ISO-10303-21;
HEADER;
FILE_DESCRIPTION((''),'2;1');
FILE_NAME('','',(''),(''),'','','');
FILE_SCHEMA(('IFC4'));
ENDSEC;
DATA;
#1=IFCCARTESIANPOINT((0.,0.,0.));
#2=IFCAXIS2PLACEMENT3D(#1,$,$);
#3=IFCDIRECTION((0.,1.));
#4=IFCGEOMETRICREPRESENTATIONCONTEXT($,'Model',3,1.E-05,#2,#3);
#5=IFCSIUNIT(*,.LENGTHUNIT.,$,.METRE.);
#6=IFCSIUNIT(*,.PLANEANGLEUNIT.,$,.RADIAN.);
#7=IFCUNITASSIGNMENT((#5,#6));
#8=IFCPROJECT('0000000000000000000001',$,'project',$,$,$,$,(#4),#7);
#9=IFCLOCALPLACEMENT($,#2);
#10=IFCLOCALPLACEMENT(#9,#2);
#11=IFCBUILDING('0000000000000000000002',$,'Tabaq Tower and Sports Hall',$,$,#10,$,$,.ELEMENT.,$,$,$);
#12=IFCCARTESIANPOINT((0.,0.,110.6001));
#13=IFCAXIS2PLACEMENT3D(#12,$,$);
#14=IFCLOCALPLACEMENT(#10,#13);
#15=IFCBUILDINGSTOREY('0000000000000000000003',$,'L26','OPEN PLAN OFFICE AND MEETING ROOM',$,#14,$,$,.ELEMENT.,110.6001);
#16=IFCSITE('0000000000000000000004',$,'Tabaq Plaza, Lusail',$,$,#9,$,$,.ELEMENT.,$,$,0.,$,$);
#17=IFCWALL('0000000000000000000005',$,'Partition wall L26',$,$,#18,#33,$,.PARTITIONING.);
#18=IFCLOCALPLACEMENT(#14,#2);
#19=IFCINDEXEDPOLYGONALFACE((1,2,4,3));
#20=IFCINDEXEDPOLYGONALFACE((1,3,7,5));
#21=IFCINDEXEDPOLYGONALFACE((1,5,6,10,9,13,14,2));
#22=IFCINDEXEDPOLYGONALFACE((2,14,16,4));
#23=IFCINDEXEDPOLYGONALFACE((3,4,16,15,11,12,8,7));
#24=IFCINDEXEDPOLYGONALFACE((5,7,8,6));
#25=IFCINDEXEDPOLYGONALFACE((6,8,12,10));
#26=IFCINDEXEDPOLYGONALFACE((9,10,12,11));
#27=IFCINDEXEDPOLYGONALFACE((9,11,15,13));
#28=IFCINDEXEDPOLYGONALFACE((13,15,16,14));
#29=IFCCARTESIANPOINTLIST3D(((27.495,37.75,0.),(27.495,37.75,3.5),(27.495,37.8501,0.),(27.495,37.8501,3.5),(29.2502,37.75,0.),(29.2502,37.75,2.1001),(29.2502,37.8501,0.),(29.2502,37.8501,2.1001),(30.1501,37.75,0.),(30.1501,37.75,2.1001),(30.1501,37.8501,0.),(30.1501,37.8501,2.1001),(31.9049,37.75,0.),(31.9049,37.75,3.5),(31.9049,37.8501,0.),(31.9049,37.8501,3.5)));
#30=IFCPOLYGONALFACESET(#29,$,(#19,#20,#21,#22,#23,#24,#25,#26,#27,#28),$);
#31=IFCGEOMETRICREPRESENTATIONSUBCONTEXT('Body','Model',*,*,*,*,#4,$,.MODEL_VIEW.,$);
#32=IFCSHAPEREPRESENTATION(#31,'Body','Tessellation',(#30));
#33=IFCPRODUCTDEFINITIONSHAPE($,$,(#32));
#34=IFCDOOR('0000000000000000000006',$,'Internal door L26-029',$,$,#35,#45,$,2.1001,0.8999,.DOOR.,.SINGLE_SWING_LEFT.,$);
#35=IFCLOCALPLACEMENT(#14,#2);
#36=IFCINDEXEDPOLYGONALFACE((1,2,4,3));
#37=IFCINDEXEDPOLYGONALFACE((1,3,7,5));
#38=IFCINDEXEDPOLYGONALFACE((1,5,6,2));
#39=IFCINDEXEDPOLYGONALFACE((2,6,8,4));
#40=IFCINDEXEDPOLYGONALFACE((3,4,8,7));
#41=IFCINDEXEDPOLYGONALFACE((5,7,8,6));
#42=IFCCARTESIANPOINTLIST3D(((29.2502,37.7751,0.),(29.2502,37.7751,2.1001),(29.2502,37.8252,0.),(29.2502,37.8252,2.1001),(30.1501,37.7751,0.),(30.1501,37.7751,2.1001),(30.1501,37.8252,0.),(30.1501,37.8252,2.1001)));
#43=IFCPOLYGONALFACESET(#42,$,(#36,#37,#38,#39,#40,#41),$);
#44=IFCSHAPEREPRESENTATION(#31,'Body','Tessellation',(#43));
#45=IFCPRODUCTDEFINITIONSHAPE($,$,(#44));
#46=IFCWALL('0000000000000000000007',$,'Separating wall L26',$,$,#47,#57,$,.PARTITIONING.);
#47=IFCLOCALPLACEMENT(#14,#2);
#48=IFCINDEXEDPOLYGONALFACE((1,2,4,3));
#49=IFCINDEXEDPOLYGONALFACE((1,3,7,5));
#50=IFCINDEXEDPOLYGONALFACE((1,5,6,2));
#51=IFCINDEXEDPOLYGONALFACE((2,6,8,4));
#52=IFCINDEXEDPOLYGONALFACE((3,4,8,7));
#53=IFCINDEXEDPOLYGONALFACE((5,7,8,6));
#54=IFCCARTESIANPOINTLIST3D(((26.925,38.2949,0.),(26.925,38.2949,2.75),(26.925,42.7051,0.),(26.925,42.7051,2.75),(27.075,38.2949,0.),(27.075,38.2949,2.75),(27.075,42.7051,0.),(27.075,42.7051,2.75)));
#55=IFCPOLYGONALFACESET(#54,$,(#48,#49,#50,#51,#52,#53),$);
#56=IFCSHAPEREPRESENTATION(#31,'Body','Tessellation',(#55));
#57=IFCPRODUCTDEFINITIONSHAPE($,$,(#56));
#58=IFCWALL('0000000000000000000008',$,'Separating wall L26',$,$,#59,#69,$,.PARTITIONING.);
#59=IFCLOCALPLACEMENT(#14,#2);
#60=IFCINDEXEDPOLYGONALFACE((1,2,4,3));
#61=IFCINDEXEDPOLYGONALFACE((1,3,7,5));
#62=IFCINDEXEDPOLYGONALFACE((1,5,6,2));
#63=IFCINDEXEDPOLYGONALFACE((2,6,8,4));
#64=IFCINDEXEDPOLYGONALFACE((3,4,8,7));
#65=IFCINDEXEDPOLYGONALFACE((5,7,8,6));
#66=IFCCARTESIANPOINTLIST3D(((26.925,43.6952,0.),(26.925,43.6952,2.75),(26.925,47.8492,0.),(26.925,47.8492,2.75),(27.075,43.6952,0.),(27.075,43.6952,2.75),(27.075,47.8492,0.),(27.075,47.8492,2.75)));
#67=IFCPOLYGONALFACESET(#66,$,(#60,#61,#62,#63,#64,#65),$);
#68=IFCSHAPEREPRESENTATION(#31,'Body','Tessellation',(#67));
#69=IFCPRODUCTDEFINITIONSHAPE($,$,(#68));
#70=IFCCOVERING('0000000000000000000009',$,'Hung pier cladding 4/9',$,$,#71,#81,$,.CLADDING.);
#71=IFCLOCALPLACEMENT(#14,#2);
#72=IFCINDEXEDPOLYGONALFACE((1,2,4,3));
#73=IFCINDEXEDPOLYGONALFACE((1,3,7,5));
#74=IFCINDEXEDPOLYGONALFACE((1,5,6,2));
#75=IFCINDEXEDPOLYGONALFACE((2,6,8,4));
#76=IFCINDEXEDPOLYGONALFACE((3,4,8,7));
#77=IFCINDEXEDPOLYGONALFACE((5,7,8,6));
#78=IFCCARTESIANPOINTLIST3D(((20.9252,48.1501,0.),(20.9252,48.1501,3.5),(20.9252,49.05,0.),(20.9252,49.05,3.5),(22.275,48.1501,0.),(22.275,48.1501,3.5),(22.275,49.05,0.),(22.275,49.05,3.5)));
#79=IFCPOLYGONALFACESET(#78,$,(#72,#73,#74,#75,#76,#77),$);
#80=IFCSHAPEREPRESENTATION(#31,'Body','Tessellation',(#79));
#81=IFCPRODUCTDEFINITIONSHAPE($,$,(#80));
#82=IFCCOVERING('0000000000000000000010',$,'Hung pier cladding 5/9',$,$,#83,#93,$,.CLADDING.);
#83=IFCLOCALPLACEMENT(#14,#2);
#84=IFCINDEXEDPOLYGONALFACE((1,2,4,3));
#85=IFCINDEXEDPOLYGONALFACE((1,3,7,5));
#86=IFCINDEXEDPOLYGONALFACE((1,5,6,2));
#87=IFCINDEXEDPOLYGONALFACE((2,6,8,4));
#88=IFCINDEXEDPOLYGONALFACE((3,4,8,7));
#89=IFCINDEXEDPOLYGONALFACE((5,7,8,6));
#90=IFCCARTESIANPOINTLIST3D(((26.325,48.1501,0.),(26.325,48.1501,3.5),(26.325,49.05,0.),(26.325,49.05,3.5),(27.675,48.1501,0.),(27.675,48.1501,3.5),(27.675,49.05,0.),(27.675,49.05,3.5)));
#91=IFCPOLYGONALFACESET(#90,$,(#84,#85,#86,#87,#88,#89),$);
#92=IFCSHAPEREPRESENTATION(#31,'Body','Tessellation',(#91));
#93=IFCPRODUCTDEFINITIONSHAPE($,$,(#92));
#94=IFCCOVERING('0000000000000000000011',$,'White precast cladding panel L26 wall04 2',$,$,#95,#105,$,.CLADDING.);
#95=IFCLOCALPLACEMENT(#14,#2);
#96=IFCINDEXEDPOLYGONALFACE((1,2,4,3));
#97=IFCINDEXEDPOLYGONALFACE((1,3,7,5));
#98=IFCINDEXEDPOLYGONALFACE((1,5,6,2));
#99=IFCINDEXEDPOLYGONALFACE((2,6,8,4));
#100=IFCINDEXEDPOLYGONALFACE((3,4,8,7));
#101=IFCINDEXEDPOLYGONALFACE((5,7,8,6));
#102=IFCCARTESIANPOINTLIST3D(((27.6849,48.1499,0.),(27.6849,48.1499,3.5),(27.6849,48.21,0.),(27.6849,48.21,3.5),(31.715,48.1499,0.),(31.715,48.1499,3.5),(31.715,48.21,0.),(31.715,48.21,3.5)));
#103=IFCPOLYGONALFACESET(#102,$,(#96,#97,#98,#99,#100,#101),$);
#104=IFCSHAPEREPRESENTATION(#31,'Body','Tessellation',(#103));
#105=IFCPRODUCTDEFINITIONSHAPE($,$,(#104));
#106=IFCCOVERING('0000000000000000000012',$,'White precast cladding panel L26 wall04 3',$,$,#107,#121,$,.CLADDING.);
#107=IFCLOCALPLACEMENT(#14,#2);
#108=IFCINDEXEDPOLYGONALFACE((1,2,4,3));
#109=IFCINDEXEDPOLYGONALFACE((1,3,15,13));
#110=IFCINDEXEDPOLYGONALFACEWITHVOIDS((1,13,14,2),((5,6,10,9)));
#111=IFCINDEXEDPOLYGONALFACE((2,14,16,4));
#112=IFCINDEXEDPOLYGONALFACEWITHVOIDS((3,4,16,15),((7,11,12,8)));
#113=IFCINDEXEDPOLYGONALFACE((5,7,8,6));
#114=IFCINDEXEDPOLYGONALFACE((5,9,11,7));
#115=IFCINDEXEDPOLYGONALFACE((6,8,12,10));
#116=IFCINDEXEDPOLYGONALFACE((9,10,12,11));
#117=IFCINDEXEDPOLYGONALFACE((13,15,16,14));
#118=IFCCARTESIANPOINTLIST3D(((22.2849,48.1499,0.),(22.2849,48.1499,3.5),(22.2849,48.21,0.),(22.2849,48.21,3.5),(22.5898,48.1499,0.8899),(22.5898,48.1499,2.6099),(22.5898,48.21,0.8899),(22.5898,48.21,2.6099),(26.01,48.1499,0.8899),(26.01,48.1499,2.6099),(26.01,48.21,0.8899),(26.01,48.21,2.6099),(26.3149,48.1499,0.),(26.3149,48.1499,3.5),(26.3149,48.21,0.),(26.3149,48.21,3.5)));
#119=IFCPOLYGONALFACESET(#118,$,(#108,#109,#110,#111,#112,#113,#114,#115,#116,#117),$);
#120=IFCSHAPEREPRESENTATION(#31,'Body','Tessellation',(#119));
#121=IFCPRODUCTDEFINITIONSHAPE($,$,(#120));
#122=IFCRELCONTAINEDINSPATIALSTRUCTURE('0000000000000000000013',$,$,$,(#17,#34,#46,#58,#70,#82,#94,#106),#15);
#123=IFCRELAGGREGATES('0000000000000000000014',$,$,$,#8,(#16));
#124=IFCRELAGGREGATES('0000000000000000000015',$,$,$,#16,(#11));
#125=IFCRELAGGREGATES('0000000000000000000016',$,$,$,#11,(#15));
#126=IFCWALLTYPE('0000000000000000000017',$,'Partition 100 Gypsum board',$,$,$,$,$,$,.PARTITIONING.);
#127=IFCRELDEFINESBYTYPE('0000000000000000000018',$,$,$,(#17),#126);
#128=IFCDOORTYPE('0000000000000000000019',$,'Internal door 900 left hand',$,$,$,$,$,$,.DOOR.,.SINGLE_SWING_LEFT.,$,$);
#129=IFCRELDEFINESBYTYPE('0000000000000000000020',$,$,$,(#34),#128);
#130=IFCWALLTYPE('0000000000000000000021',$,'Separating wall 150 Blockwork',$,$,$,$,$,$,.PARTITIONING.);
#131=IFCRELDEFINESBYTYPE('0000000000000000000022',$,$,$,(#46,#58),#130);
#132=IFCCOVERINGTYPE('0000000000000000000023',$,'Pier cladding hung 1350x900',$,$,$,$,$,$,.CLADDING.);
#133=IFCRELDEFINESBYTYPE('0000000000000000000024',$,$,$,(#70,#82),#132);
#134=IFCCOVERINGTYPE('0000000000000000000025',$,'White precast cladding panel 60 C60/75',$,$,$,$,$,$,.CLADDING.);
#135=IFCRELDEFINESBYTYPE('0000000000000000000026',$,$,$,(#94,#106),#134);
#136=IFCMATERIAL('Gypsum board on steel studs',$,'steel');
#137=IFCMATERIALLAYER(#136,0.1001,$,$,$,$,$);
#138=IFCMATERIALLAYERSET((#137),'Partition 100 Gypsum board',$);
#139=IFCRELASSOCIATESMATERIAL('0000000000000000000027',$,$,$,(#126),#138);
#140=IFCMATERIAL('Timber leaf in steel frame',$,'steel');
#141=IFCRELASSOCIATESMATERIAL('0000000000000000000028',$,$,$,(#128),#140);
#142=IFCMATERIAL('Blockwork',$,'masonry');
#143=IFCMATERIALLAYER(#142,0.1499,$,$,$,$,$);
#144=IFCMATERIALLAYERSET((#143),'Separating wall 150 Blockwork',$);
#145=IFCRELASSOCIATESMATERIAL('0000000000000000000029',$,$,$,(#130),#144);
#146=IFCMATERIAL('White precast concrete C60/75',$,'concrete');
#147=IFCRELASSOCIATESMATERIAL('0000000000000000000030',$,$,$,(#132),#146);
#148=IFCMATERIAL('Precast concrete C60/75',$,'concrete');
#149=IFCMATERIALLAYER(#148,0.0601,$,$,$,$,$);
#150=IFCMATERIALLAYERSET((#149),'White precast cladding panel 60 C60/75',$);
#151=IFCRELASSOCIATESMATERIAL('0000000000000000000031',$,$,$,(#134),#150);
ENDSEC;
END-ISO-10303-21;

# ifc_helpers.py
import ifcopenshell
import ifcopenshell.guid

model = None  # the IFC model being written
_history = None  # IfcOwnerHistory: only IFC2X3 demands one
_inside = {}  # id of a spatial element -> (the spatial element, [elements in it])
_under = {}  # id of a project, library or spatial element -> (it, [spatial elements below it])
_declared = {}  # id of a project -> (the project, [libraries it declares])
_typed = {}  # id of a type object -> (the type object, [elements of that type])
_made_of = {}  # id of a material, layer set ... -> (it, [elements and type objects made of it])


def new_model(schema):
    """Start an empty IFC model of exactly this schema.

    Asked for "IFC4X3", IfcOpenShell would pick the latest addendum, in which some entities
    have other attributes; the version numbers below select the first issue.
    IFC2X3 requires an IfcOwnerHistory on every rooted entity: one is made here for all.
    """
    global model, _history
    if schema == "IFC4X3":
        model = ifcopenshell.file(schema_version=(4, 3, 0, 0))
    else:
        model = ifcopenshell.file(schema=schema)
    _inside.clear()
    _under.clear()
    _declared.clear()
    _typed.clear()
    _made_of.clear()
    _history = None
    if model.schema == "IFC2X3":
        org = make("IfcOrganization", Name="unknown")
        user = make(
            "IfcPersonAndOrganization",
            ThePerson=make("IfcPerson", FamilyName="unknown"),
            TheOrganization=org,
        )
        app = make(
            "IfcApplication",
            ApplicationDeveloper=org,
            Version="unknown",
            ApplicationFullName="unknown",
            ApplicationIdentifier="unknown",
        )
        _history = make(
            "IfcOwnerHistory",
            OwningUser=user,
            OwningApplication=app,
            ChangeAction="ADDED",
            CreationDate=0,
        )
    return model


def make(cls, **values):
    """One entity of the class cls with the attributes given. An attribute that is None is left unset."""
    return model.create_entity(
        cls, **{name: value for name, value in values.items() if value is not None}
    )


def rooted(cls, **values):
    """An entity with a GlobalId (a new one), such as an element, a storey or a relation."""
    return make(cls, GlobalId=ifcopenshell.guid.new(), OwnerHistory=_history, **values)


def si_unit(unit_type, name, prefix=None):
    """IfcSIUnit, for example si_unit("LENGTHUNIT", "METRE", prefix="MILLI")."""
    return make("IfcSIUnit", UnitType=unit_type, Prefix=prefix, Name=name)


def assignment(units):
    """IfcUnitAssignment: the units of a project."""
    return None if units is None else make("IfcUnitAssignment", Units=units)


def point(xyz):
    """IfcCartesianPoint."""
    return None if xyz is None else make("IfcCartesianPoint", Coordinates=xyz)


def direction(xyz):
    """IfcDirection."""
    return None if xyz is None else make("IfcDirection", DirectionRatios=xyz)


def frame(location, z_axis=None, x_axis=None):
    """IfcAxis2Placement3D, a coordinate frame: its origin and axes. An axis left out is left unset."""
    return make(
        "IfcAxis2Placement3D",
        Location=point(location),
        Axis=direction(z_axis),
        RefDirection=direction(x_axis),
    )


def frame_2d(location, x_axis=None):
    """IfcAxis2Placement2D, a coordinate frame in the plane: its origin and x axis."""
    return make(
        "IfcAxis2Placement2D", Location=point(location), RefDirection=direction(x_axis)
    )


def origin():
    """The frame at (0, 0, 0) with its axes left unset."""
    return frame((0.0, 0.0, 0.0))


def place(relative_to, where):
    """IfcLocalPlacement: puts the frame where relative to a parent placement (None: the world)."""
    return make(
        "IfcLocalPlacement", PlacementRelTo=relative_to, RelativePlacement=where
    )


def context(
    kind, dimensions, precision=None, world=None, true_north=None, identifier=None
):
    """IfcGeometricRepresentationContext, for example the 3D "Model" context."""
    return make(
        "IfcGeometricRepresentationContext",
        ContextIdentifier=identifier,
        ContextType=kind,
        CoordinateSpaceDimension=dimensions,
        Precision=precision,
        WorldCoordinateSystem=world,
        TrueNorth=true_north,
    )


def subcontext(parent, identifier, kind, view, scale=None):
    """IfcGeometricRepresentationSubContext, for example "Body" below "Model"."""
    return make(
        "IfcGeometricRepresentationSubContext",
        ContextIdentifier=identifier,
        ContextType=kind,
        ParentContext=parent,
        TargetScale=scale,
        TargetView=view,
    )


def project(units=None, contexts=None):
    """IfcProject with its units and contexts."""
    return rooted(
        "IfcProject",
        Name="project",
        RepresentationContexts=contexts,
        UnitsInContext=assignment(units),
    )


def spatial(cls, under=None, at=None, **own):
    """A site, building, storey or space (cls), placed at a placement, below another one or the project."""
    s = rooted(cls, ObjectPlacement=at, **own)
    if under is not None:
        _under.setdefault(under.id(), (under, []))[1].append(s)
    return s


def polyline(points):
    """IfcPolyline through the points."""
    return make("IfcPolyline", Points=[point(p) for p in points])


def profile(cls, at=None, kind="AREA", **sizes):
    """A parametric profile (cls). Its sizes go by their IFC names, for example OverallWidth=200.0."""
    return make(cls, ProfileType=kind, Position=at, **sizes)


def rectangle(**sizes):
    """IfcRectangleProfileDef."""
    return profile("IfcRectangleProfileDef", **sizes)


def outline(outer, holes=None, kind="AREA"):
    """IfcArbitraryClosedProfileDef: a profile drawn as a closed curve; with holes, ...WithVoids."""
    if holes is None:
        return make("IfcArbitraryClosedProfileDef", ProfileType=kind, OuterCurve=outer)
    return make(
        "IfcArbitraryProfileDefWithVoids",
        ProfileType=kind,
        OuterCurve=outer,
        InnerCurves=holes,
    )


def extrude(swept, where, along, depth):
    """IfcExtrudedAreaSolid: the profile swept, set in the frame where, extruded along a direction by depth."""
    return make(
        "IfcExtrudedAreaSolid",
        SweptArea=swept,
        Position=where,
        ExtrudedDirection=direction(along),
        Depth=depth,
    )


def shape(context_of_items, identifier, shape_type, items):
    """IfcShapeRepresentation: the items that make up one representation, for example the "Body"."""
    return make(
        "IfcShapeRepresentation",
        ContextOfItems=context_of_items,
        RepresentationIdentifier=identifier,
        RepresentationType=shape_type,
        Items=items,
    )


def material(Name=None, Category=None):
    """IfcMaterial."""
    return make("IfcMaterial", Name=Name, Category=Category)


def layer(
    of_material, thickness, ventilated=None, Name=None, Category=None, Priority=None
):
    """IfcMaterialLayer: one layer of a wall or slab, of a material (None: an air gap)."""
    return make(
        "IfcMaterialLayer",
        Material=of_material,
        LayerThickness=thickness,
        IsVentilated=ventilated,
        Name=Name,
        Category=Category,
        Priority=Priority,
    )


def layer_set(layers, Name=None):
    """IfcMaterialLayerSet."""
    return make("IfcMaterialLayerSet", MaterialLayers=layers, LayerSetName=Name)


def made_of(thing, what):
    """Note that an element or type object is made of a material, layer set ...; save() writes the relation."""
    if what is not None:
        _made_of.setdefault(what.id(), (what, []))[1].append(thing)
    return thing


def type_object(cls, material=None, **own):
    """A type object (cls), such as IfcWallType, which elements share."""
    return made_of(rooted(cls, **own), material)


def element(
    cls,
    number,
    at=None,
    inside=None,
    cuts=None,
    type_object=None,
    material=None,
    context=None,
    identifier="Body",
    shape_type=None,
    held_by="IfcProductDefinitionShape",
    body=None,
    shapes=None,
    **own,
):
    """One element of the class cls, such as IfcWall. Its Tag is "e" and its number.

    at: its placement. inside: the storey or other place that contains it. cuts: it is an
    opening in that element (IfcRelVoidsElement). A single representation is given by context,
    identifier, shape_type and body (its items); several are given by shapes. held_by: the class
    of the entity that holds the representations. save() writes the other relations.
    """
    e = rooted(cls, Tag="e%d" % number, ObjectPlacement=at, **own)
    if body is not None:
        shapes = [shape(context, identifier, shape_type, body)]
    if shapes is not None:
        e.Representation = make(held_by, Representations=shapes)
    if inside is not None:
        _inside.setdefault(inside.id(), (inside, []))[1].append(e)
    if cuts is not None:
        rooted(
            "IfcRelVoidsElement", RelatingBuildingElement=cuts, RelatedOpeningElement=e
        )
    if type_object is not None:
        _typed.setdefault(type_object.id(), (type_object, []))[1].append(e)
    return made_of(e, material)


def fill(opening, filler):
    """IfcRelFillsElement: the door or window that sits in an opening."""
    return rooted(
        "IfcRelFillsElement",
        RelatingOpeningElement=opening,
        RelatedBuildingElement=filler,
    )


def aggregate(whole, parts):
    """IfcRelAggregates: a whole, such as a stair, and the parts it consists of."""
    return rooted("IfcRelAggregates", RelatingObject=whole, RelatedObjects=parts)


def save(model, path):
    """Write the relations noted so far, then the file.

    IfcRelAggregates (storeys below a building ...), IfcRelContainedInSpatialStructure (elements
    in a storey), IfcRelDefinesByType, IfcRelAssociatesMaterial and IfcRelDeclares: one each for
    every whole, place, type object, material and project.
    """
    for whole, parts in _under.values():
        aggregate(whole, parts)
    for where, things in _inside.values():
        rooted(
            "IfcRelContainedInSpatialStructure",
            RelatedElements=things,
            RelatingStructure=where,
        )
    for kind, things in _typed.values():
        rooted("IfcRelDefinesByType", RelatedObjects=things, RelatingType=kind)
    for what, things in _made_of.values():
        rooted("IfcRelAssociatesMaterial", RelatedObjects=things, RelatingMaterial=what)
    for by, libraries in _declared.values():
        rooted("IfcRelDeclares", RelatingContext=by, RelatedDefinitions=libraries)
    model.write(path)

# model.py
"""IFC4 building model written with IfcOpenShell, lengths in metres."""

from ifc_helpers import new_model, si_unit, direction, frame, frame_2d, origin, place, context, subcontext, project, spatial, polyline, rectangle, outline, extrude, material, layer, layer_set, type_object, element, fill, save


model = new_model("IFC4")

# Units and contexts
model_context = context("Model", 3, precision=1e-05, world=origin(), true_north=direction((0.0, 1.0)))
body_context = subcontext(model_context, "Body", "Model", "MODEL_VIEW")
ifc_project = project(units=[si_unit("LENGTHUNIT", "METRE"), si_unit("PLANEANGLEUNIT", "RADIAN")], contexts=[model_context])

# Site, building, storey
site_placement = place(None, origin())
site = spatial("IfcSite", under=ifc_project, at=site_placement, Name="Tabaq Plaza, Lusail", CompositionType="ELEMENT", RefElevation=0.0)
building_placement = place(site_placement, origin())
building = spatial("IfcBuilding", under=site, at=building_placement, Name="Tabaq Tower and Sports Hall", CompositionType="ELEMENT")
storey_placement = place(building_placement, frame((0.0, 0.0, 110.6001)))
storey = spatial("IfcBuildingStorey", under=building, at=storey_placement, Name="L26", Description="OPEN PLAN OFFICE AND MEETING ROOM", CompositionType="ELEMENT", Elevation=110.6001)

# Shared definitions
ifc_material_1 = material(Name="Gypsum board on steel studs", Category="steel")
ifc_layer_1 = layer(ifc_material_1, 0.1001)
ifc_layer_set_1 = layer_set([ifc_layer_1], Name="Partition 100 Gypsum board")
wall_type_1 = type_object("IfcWallType", Name="Partition 100 Gypsum board", PredefinedType="PARTITIONING", material=ifc_layer_set_1)
ifc_material_2 = material(Name="Timber leaf in steel frame", Category="steel")
door_type = type_object("IfcDoorType", Name="Internal door 900 left hand", OperationType="SINGLE_SWING_LEFT", PredefinedType="DOOR", material=ifc_material_2)

# Wall, opening, door
wall_1_placement = place(storey_placement, frame((31.905, 37.8, 0.0), z_axis=(0.0, 0.0, 1.0), x_axis=(-1.0, 0.0, 0.0)))
wall_1 = element("IfcWall", 1, at=wall_1_placement, inside=storey, type_object=wall_type_1, Name="Partition wall L26", PredefinedType="PARTITIONING", context=body_context, shape_type="SweptSolid", body=[
    extrude(rectangle(XDim=4.4099, YDim=0.1001, at=frame_2d((2.2051, 0.0))), origin(), (0.0, 0.0, 1.0), 3.5),
])
opening_1_placement = place(wall_1_placement, frame((1.7549, 0.0, 0.0)))
opening_1 = element("IfcOpeningElement", 2, at=opening_1_placement, cuts=wall_1, PredefinedType="OPENING", context=body_context, shape_type="SweptSolid", body=[
    extrude(rectangle(XDim=0.8999, YDim=2.1001, at=frame_2d((0.45, 1.05))), frame((0.0, 0.05, 0.0), z_axis=(0.0, -1.0, 0.0), x_axis=(1.0, 0.0, 0.0)), (0.0, 0.0, 1.0), 0.1001),
])
door_1_placement = place(opening_1_placement, origin())
door_1 = element("IfcDoor", 3, at=door_1_placement, inside=storey, type_object=door_type, Name="Internal door L26-029", OperationType="SINGLE_SWING_LEFT", OverallHeight=2.1001, OverallWidth=0.8999, PredefinedType="DOOR", context=body_context, shape_type="SweptSolid", body=[
    extrude(rectangle(XDim=0.8999, YDim=2.1001, at=frame_2d((0.45, 1.05))), frame((0.0, 0.0249, 0.0), z_axis=(0.0, -1.0, 0.0), x_axis=(1.0, 0.0, 0.0)), (0.0, 0.0, 1.0), 0.05),
])
fill(opening_1, door_1)

# Walls
ifc_material_3 = material(Name="Blockwork", Category="masonry")
ifc_layer_2 = layer(ifc_material_3, 0.1499)
ifc_layer_set_2 = layer_set([ifc_layer_2], Name="Separating wall 150 Blockwork")
wall_type_2 = type_object("IfcWallType", Name="Separating wall 150 Blockwork", PredefinedType="PARTITIONING", material=ifc_layer_set_2)
wall_2_placement = place(storey_placement, frame((27.0, 38.2949, 0.0), z_axis=(0.0, 0.0, 1.0), x_axis=(0.0, 1.0, 0.0)))
element("IfcWall", 4, at=wall_2_placement, inside=storey, type_object=wall_type_2, Name="Separating wall L26", PredefinedType="PARTITIONING", context=body_context, shape_type="SweptSolid", body=[
    extrude(rectangle(XDim=4.4102, YDim=0.1499, at=frame_2d((2.2051, 0.0))), origin(), (0.0, 0.0, 1.0), 2.75),
])
wall_3_placement = place(storey_placement, frame((27.0, 43.6951, 0.0), z_axis=(0.0, 0.0, 1.0), x_axis=(0.0, 1.0, 0.0)))
element("IfcWall", 5, at=wall_3_placement, inside=storey, type_object=wall_type_2, Name="Separating wall L26", PredefinedType="PARTITIONING", context=body_context, shape_type="SweptSolid", body=[
    extrude(rectangle(XDim=4.1541, YDim=0.1499, at=frame_2d((2.0771, 0.0))), origin(), (0.0, 0.0, 1.0), 2.75),
])

# Coverings
ifc_material_4 = material(Name="White precast concrete C60/75", Category="concrete")
covering_type_1 = type_object("IfcCoveringType", Name="Pier cladding hung 1350x900", PredefinedType="CLADDING", material=ifc_material_4)
covering_1_placement = place(storey_placement, frame((22.2749, 48.6001, 0.0), z_axis=(0.0, 0.0, 1.0), x_axis=(-1.0, 0.0, 0.0)))
element("IfcCovering", 6, at=covering_1_placement, inside=storey, type_object=covering_type_1, Name="Hung pier cladding 4/9", PredefinedType="CLADDING", context=body_context, shape_type="SweptSolid", body=[
    extrude(rectangle(XDim=1.3499, YDim=0.8999, at=frame_2d((0.6748, 0.0))), origin(), (0.0, 0.0, 1.0), 3.5),
])
covering_2_placement = place(storey_placement, frame((27.675, 48.6001, 0.0), z_axis=(0.0, 0.0, 1.0), x_axis=(-1.0, 0.0, 0.0)))
element("IfcCovering", 7, at=covering_2_placement, inside=storey, type_object=covering_type_1, Name="Hung pier cladding 5/9", PredefinedType="CLADDING", context=body_context, shape_type="SweptSolid", body=[
    extrude(rectangle(XDim=1.3501, YDim=0.8999, at=frame_2d((0.675, 0.0))), origin(), (0.0, 0.0, 1.0), 3.5),
])
ifc_material_5 = material(Name="Precast concrete C60/75", Category="concrete")
ifc_layer_3 = layer(ifc_material_5, 0.0601)
ifc_layer_set_3 = layer_set([ifc_layer_3], Name="White precast cladding panel 60 C60/75")
covering_type_2 = type_object("IfcCoveringType", Name="White precast cladding panel 60 C60/75", PredefinedType="CLADDING", material=ifc_layer_set_3)
covering_3_placement = place(storey_placement, frame((31.7151, 48.1799, 0.0), z_axis=(0.0, 0.0, 1.0), x_axis=(-1.0, 0.0, 0.0)))
element("IfcCovering", 8, at=covering_3_placement, inside=storey, type_object=covering_type_2, Name="White precast cladding panel L26 wall04 2", PredefinedType="CLADDING", context=body_context, shape_type="SweptSolid", body=[
    extrude(rectangle(XDim=4.03, YDim=0.0601, at=frame_2d((2.0151, 0.0))), origin(), (0.0, 0.0, 1.0), 3.5),
])
covering_4_placement = place(storey_placement, frame((26.3149, 48.1799, 0.0), z_axis=(0.0, 0.0, 1.0), x_axis=(-1.0, 0.0, 0.0)))
element("IfcCovering", 9, at=covering_4_placement, inside=storey, type_object=covering_type_2, Name="White precast cladding panel L26 wall04 3", PredefinedType="CLADDING", context=body_context, shape_type="SweptSolid", body=[
    extrude(outline(polyline([(0.0, 0.0), (4.03, 0.0), (4.03, 3.5), (0.0, 3.5), (0.0, 0.0)]), holes=[polyline([(0.3049, 0.8899), (0.3049, 2.6099), (3.7251, 2.6099), (3.7251, 0.8899), (0.3049, 0.8899)])]), frame((0.0, 0.03, 0.0), z_axis=(0.0, -1.0, 0.0), x_axis=(1.0, 0.0, 0.0)), (0.0, 0.0, 1.0), 0.0601),
])

save(model, "model.ifc")
